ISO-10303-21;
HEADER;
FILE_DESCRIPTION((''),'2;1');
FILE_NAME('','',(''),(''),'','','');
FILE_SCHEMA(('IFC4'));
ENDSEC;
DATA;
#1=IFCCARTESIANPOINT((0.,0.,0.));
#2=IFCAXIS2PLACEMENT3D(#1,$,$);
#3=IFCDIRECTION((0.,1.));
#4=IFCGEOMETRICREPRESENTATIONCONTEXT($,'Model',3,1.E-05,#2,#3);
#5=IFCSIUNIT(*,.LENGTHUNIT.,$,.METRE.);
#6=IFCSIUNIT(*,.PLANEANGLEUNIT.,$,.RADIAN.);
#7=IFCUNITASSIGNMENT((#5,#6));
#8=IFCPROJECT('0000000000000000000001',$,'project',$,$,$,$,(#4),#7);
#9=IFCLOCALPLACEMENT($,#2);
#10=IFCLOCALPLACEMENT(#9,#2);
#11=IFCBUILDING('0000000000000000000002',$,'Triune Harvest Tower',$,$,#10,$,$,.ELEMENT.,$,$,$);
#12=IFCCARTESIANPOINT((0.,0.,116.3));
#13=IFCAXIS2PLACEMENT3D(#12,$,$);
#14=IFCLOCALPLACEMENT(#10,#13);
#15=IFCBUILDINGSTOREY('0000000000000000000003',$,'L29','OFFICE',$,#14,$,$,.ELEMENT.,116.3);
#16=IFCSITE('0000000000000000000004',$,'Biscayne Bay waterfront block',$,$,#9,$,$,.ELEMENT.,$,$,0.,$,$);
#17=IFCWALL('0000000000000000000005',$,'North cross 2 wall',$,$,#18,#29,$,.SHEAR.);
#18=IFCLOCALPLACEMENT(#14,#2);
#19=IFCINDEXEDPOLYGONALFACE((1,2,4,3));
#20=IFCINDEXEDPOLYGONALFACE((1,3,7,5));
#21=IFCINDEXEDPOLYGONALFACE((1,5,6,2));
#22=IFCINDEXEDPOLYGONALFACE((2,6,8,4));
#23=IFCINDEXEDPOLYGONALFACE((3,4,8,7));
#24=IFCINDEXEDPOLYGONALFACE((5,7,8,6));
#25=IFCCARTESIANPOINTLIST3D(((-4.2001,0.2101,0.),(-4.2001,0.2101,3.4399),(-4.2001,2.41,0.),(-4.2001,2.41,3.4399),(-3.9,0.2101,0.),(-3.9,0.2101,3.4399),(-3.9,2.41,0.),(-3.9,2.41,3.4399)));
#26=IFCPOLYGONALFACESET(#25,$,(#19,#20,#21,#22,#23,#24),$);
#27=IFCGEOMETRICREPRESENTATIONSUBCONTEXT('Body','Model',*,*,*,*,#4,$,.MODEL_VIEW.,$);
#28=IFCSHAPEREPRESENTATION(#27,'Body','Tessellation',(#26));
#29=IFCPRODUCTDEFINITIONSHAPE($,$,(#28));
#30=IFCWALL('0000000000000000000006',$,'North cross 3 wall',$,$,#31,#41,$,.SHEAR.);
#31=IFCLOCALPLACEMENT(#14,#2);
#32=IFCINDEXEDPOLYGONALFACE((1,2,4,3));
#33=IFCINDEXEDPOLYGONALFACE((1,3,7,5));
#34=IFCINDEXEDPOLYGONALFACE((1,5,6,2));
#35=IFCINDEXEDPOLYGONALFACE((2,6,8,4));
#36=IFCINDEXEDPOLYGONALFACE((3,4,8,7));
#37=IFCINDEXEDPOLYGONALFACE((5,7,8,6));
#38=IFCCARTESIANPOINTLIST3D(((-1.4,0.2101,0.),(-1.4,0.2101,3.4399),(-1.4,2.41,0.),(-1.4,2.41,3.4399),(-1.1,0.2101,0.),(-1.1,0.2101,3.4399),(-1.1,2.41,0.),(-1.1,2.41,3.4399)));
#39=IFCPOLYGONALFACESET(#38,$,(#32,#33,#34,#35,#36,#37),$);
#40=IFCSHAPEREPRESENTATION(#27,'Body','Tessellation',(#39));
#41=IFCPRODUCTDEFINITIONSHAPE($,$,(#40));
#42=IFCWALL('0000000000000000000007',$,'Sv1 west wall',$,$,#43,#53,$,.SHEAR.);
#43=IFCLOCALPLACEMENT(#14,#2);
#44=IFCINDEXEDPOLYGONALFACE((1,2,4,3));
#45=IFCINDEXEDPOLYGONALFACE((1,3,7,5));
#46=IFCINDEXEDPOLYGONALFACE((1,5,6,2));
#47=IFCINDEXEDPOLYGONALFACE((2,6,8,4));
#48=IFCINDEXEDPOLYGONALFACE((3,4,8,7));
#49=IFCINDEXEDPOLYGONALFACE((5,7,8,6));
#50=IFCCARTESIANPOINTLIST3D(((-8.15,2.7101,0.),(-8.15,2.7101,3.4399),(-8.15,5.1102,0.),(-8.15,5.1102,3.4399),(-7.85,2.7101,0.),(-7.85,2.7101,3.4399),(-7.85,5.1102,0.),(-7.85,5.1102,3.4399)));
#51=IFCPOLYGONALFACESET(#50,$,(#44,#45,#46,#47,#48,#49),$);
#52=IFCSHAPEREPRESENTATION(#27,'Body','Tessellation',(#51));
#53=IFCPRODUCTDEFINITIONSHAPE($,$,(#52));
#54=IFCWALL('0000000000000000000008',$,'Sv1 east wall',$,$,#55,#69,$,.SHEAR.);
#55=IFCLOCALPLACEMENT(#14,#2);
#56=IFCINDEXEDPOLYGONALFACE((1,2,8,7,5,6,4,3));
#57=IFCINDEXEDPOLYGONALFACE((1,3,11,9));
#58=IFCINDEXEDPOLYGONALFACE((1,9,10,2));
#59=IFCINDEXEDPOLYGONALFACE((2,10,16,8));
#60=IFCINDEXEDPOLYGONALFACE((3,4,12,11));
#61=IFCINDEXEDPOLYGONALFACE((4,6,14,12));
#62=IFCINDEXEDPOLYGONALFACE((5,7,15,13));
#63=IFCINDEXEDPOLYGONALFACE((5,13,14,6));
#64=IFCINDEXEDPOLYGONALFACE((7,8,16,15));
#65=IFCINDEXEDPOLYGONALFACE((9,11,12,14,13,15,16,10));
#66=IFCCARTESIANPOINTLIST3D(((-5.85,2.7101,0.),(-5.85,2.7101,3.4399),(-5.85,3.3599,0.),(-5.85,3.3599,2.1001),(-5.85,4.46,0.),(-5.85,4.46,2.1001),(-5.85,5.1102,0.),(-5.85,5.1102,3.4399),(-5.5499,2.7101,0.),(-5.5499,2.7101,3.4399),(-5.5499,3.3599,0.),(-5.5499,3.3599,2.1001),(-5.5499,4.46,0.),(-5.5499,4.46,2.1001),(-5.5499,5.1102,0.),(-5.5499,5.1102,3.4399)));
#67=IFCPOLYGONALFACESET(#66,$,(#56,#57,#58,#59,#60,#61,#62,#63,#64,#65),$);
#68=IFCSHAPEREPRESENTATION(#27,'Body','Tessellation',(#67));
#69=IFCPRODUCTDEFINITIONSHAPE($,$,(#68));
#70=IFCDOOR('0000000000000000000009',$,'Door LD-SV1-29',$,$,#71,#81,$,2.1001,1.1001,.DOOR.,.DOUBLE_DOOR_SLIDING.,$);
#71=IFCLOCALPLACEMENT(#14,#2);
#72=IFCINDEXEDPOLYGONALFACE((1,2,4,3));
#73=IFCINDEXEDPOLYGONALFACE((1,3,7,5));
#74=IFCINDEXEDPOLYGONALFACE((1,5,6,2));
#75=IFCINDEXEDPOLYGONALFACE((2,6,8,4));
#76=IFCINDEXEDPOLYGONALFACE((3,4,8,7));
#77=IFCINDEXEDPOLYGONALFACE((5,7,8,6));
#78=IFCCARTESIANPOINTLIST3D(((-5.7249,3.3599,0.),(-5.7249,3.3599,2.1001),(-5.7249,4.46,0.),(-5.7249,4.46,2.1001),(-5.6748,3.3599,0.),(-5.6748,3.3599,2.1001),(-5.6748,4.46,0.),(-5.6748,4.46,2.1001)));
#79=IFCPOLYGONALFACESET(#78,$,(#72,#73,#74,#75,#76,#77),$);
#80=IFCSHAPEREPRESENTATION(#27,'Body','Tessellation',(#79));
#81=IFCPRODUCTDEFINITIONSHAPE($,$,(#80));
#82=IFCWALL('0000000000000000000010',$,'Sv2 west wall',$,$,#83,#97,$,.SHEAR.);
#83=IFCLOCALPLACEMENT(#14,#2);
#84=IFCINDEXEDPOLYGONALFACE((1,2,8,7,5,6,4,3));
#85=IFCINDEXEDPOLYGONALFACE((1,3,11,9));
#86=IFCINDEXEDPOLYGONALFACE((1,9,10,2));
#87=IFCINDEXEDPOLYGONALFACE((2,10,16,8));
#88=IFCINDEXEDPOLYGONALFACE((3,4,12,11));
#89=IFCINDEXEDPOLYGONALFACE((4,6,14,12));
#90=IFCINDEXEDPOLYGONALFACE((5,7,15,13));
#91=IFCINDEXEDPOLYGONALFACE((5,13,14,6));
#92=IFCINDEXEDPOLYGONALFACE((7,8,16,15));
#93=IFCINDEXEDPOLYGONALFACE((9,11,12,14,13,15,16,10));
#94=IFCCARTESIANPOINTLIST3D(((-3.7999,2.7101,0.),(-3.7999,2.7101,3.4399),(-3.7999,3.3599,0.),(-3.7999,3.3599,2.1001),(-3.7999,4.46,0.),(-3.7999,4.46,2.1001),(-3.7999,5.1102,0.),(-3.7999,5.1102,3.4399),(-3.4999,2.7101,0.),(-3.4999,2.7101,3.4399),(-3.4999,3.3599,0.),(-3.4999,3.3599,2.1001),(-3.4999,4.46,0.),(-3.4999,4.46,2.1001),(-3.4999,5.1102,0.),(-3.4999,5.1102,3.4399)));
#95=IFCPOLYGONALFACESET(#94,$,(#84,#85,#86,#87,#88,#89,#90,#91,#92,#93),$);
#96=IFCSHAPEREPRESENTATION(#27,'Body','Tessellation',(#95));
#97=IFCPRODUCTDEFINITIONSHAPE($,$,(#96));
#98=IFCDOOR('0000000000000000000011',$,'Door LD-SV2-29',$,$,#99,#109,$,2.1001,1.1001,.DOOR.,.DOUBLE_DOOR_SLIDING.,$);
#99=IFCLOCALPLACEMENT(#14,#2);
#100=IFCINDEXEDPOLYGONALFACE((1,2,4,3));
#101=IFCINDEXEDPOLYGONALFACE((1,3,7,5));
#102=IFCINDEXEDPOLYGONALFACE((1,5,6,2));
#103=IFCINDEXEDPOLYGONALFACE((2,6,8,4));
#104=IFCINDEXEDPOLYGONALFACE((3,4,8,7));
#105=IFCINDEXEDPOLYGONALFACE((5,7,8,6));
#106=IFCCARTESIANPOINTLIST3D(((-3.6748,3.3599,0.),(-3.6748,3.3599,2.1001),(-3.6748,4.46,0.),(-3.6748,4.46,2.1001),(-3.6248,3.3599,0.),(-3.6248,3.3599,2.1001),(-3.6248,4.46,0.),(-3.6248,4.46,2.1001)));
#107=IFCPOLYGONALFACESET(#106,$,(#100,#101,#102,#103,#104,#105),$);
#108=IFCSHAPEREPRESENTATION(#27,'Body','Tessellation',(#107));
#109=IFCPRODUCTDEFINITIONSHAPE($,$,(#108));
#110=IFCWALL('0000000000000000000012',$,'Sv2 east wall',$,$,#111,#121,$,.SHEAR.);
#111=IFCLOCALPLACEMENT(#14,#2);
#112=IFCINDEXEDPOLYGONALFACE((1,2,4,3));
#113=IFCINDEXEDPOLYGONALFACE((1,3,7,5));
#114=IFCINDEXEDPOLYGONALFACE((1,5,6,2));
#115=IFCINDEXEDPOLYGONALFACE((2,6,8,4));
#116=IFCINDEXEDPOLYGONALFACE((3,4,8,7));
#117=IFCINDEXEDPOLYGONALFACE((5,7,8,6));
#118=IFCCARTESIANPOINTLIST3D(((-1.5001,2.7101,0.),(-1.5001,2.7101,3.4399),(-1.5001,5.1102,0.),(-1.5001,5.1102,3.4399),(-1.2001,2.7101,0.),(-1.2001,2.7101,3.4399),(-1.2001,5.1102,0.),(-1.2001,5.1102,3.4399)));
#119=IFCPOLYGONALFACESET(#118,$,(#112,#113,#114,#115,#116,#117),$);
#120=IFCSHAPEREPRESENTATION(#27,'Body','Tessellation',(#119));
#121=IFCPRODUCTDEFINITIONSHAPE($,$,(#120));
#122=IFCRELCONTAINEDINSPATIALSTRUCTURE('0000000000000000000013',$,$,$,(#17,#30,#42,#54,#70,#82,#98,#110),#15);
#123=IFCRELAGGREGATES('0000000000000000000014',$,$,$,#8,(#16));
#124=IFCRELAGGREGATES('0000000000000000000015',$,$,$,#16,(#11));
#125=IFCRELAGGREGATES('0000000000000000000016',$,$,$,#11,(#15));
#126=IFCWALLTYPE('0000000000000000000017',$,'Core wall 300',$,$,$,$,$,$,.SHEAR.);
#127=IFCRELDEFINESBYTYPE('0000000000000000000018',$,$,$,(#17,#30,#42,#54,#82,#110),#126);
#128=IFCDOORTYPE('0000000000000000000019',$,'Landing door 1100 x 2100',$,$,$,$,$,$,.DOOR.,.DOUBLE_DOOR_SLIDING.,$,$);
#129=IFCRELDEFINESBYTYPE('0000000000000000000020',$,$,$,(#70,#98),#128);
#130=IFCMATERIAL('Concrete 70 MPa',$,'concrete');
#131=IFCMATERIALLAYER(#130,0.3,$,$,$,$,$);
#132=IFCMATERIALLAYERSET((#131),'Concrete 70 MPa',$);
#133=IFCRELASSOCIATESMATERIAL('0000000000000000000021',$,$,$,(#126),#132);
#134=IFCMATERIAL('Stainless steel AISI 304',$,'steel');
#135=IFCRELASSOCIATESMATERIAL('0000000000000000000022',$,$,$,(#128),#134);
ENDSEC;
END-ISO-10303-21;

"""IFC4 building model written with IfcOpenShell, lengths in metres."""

from ifc_helpers import new_model, si_unit, direction, frame, frame_2d, origin, place, context, subcontext, project, spatial, rectangle, extrude, source, transform, mapped, material, layer, layer_set, type_object, element, fill, save


model = new_model("IFC4")

# Units and contexts
model_context = context("Model", 3, precision=1e-05, world=origin(), true_north=direction((0.0, 1.0)))
body_context = subcontext(model_context, "Body", "Model", "MODEL_VIEW")
ifc_project = project(units=[si_unit("LENGTHUNIT", "METRE"), si_unit("PLANEANGLEUNIT", "RADIAN")], contexts=[model_context])

# Site, building, storey
site_placement = place(None, origin())
site = spatial("IfcSite", under=ifc_project, at=site_placement, Name="Biscayne Bay waterfront block", CompositionType="ELEMENT", RefElevation=0.0)
building_placement = place(site_placement, origin())
building = spatial("IfcBuilding", under=site, at=building_placement, Name="Triune Harvest Tower", CompositionType="ELEMENT")
storey_placement = place(building_placement, frame((0.0, 0.0, 116.3)))
storey = spatial("IfcBuildingStorey", under=building, at=storey_placement, Name="L29", Description="OFFICE", CompositionType="ELEMENT", Elevation=116.3)

# Shared definitions
ifc_material_1 = material(Name="Concrete 70 MPa", Category="concrete")
ifc_layer_1 = layer(ifc_material_1, 0.3)
ifc_layer_set_1 = layer_set([ifc_layer_1], Name="Concrete 70 MPa")
wall_type_1 = type_object("IfcWallType", Name="Core wall 300", PredefinedType="SHEAR", material=ifc_layer_set_1)
ifc_material_2 = material(Name="Stainless steel AISI 304", Category="steel")
door_type_1 = type_object("IfcDoorType", Name="Landing door 1100 x 2100", OperationType="DOUBLE_DOOR_SLIDING", PredefinedType="DOOR", material=ifc_material_2)

# Walls
shared_shape_1 = source(origin(), body_context, "Body", "SweptSolid", [
    extrude(rectangle(XDim=2.2, YDim=0.3, at=frame_2d((1.1001, 0.0))), origin(), (0.0, 0.0, 1.0), 3.4399),
])
for number, where, z_axis, x_axis, name in (
    (1, (-4.05, 0.21, 0.0), (0.0, 0.0, 1.0), (0.0, 1.0, 0.0), "North cross 2 wall"),
    (2, (-1.25, 0.21, 0.0), (0.0, 0.0, 1.0), (0.0, 1.0, 0.0), "North cross 3 wall"),
):
    element("IfcWall", number, at=place(storey_placement, frame(where, z_axis=z_axis, x_axis=x_axis)), inside=storey, type_object=wall_type_1, Name=name, PredefinedType="SHEAR", context=body_context, shape_type="MappedRepresentation", body=[
        mapped(shared_shape_1, transform((0.0, 0.0, 0.0), scale=1.0)),
    ])
shared_shape_2 = source(origin(), body_context, "Body", "SweptSolid", [
    extrude(rectangle(XDim=2.4001, YDim=0.3, at=frame_2d((1.2002, 0.0))), origin(), (0.0, 0.0, 1.0), 3.4399),
])
wall_1_placement = place(storey_placement, frame((-8.0, 2.71, 0.0), z_axis=(0.0, 0.0, 1.0), x_axis=(0.0, 1.0, 0.0)))
element("IfcWall", 3, at=wall_1_placement, inside=storey, type_object=wall_type_1, Name="Sv1 west wall", PredefinedType="SHEAR", context=body_context, shape_type="MappedRepresentation", body=[
    mapped(shared_shape_2, transform((0.0, 0.0, 0.0), scale=1.0)),
])

# Walls, openings, doors
wall_2_placement = place(storey_placement, frame((-5.7, 2.71, 0.0), z_axis=(0.0, 0.0, 1.0), x_axis=(0.0, 1.0, 0.0)))
wall_2 = element("IfcWall", 4, at=wall_2_placement, inside=storey, type_object=wall_type_1, Name="Sv1 east wall", PredefinedType="SHEAR", context=body_context, shape_type="MappedRepresentation", body=[
    mapped(shared_shape_2, transform((0.0, 0.0, 0.0), scale=1.0)),
])
opening_1_placement = place(wall_2_placement, frame((0.6499, 0.0, 0.0)))
opening_1 = element("IfcOpeningElement", 5, at=opening_1_placement, cuts=wall_2, PredefinedType="OPENING", context=body_context, shape_type="SweptSolid", body=[
    extrude(rectangle(XDim=1.1001, YDim=2.1001, at=frame_2d((0.55, 1.05))), frame((0.0, 0.1602, 0.0), z_axis=(0.0, -1.0, 0.0), x_axis=(1.0, 0.0, 0.0)), (0.0, 0.0, 1.0), 0.3201),
])
door_1_placement = place(opening_1_placement, origin())
door_1 = element("IfcDoor", 6, at=door_1_placement, inside=storey, type_object=door_type_1, Name="Door LD-SV1-29", OperationType="DOUBLE_DOOR_SLIDING", OverallHeight=2.1001, OverallWidth=1.1001, PredefinedType="DOOR", context=body_context, shape_type="SweptSolid", body=[
    extrude(rectangle(XDim=1.1001, YDim=2.1001, at=frame_2d((0.55, 1.05))), frame((0.0, 0.0249, 0.0), z_axis=(0.0, -1.0, 0.0), x_axis=(1.0, 0.0, 0.0)), (0.0, 0.0, 1.0), 0.05),
])
fill(opening_1, door_1)
wall_3_placement = place(storey_placement, frame((-3.6499, 2.71, 0.0), z_axis=(0.0, 0.0, 1.0), x_axis=(0.0, 1.0, 0.0)))
wall_3 = element("IfcWall", 7, at=wall_3_placement, inside=storey, type_object=wall_type_1, Name="Sv2 west wall", PredefinedType="SHEAR", context=body_context, shape_type="MappedRepresentation", body=[
    mapped(shared_shape_2, transform((0.0, 0.0, 0.0), scale=1.0)),
])
opening_2_placement = place(wall_3_placement, frame((0.6499, 0.0, 0.0)))
opening_2 = element("IfcOpeningElement", 8, at=opening_2_placement, cuts=wall_3, PredefinedType="OPENING", context=body_context, shape_type="SweptSolid", body=[
    extrude(rectangle(XDim=1.1001, YDim=2.1001, at=frame_2d((0.55, 1.05))), frame((0.0, 0.1602, 0.0), z_axis=(0.0, -1.0, 0.0), x_axis=(1.0, 0.0, 0.0)), (0.0, 0.0, 1.0), 0.3201),
])
door_2_placement = place(opening_2_placement, origin())
door_2 = element("IfcDoor", 9, at=door_2_placement, inside=storey, type_object=door_type_1, Name="Door LD-SV2-29", OperationType="DOUBLE_DOOR_SLIDING", OverallHeight=2.1001, OverallWidth=1.1001, PredefinedType="DOOR", context=body_context, shape_type="SweptSolid", body=[
    extrude(rectangle(XDim=1.1001, YDim=2.1001, at=frame_2d((0.55, 1.05))), frame((0.0, 0.0249, 0.0), z_axis=(0.0, -1.0, 0.0), x_axis=(1.0, 0.0, 0.0)), (0.0, 0.0, 1.0), 0.05),
])
fill(opening_2, door_2)

# Wall
wall_4_placement = place(storey_placement, frame((-1.3501, 2.71, 0.0), z_axis=(0.0, 0.0, 1.0), x_axis=(0.0, 1.0, 0.0)))
element("IfcWall", 10, at=wall_4_placement, inside=storey, type_object=wall_type_1, Name="Sv2 east wall", PredefinedType="SHEAR", context=body_context, shape_type="MappedRepresentation", body=[
    mapped(shared_shape_2, transform((0.0, 0.0, 0.0), scale=1.0)),
])

save(model, "model.ifc")
